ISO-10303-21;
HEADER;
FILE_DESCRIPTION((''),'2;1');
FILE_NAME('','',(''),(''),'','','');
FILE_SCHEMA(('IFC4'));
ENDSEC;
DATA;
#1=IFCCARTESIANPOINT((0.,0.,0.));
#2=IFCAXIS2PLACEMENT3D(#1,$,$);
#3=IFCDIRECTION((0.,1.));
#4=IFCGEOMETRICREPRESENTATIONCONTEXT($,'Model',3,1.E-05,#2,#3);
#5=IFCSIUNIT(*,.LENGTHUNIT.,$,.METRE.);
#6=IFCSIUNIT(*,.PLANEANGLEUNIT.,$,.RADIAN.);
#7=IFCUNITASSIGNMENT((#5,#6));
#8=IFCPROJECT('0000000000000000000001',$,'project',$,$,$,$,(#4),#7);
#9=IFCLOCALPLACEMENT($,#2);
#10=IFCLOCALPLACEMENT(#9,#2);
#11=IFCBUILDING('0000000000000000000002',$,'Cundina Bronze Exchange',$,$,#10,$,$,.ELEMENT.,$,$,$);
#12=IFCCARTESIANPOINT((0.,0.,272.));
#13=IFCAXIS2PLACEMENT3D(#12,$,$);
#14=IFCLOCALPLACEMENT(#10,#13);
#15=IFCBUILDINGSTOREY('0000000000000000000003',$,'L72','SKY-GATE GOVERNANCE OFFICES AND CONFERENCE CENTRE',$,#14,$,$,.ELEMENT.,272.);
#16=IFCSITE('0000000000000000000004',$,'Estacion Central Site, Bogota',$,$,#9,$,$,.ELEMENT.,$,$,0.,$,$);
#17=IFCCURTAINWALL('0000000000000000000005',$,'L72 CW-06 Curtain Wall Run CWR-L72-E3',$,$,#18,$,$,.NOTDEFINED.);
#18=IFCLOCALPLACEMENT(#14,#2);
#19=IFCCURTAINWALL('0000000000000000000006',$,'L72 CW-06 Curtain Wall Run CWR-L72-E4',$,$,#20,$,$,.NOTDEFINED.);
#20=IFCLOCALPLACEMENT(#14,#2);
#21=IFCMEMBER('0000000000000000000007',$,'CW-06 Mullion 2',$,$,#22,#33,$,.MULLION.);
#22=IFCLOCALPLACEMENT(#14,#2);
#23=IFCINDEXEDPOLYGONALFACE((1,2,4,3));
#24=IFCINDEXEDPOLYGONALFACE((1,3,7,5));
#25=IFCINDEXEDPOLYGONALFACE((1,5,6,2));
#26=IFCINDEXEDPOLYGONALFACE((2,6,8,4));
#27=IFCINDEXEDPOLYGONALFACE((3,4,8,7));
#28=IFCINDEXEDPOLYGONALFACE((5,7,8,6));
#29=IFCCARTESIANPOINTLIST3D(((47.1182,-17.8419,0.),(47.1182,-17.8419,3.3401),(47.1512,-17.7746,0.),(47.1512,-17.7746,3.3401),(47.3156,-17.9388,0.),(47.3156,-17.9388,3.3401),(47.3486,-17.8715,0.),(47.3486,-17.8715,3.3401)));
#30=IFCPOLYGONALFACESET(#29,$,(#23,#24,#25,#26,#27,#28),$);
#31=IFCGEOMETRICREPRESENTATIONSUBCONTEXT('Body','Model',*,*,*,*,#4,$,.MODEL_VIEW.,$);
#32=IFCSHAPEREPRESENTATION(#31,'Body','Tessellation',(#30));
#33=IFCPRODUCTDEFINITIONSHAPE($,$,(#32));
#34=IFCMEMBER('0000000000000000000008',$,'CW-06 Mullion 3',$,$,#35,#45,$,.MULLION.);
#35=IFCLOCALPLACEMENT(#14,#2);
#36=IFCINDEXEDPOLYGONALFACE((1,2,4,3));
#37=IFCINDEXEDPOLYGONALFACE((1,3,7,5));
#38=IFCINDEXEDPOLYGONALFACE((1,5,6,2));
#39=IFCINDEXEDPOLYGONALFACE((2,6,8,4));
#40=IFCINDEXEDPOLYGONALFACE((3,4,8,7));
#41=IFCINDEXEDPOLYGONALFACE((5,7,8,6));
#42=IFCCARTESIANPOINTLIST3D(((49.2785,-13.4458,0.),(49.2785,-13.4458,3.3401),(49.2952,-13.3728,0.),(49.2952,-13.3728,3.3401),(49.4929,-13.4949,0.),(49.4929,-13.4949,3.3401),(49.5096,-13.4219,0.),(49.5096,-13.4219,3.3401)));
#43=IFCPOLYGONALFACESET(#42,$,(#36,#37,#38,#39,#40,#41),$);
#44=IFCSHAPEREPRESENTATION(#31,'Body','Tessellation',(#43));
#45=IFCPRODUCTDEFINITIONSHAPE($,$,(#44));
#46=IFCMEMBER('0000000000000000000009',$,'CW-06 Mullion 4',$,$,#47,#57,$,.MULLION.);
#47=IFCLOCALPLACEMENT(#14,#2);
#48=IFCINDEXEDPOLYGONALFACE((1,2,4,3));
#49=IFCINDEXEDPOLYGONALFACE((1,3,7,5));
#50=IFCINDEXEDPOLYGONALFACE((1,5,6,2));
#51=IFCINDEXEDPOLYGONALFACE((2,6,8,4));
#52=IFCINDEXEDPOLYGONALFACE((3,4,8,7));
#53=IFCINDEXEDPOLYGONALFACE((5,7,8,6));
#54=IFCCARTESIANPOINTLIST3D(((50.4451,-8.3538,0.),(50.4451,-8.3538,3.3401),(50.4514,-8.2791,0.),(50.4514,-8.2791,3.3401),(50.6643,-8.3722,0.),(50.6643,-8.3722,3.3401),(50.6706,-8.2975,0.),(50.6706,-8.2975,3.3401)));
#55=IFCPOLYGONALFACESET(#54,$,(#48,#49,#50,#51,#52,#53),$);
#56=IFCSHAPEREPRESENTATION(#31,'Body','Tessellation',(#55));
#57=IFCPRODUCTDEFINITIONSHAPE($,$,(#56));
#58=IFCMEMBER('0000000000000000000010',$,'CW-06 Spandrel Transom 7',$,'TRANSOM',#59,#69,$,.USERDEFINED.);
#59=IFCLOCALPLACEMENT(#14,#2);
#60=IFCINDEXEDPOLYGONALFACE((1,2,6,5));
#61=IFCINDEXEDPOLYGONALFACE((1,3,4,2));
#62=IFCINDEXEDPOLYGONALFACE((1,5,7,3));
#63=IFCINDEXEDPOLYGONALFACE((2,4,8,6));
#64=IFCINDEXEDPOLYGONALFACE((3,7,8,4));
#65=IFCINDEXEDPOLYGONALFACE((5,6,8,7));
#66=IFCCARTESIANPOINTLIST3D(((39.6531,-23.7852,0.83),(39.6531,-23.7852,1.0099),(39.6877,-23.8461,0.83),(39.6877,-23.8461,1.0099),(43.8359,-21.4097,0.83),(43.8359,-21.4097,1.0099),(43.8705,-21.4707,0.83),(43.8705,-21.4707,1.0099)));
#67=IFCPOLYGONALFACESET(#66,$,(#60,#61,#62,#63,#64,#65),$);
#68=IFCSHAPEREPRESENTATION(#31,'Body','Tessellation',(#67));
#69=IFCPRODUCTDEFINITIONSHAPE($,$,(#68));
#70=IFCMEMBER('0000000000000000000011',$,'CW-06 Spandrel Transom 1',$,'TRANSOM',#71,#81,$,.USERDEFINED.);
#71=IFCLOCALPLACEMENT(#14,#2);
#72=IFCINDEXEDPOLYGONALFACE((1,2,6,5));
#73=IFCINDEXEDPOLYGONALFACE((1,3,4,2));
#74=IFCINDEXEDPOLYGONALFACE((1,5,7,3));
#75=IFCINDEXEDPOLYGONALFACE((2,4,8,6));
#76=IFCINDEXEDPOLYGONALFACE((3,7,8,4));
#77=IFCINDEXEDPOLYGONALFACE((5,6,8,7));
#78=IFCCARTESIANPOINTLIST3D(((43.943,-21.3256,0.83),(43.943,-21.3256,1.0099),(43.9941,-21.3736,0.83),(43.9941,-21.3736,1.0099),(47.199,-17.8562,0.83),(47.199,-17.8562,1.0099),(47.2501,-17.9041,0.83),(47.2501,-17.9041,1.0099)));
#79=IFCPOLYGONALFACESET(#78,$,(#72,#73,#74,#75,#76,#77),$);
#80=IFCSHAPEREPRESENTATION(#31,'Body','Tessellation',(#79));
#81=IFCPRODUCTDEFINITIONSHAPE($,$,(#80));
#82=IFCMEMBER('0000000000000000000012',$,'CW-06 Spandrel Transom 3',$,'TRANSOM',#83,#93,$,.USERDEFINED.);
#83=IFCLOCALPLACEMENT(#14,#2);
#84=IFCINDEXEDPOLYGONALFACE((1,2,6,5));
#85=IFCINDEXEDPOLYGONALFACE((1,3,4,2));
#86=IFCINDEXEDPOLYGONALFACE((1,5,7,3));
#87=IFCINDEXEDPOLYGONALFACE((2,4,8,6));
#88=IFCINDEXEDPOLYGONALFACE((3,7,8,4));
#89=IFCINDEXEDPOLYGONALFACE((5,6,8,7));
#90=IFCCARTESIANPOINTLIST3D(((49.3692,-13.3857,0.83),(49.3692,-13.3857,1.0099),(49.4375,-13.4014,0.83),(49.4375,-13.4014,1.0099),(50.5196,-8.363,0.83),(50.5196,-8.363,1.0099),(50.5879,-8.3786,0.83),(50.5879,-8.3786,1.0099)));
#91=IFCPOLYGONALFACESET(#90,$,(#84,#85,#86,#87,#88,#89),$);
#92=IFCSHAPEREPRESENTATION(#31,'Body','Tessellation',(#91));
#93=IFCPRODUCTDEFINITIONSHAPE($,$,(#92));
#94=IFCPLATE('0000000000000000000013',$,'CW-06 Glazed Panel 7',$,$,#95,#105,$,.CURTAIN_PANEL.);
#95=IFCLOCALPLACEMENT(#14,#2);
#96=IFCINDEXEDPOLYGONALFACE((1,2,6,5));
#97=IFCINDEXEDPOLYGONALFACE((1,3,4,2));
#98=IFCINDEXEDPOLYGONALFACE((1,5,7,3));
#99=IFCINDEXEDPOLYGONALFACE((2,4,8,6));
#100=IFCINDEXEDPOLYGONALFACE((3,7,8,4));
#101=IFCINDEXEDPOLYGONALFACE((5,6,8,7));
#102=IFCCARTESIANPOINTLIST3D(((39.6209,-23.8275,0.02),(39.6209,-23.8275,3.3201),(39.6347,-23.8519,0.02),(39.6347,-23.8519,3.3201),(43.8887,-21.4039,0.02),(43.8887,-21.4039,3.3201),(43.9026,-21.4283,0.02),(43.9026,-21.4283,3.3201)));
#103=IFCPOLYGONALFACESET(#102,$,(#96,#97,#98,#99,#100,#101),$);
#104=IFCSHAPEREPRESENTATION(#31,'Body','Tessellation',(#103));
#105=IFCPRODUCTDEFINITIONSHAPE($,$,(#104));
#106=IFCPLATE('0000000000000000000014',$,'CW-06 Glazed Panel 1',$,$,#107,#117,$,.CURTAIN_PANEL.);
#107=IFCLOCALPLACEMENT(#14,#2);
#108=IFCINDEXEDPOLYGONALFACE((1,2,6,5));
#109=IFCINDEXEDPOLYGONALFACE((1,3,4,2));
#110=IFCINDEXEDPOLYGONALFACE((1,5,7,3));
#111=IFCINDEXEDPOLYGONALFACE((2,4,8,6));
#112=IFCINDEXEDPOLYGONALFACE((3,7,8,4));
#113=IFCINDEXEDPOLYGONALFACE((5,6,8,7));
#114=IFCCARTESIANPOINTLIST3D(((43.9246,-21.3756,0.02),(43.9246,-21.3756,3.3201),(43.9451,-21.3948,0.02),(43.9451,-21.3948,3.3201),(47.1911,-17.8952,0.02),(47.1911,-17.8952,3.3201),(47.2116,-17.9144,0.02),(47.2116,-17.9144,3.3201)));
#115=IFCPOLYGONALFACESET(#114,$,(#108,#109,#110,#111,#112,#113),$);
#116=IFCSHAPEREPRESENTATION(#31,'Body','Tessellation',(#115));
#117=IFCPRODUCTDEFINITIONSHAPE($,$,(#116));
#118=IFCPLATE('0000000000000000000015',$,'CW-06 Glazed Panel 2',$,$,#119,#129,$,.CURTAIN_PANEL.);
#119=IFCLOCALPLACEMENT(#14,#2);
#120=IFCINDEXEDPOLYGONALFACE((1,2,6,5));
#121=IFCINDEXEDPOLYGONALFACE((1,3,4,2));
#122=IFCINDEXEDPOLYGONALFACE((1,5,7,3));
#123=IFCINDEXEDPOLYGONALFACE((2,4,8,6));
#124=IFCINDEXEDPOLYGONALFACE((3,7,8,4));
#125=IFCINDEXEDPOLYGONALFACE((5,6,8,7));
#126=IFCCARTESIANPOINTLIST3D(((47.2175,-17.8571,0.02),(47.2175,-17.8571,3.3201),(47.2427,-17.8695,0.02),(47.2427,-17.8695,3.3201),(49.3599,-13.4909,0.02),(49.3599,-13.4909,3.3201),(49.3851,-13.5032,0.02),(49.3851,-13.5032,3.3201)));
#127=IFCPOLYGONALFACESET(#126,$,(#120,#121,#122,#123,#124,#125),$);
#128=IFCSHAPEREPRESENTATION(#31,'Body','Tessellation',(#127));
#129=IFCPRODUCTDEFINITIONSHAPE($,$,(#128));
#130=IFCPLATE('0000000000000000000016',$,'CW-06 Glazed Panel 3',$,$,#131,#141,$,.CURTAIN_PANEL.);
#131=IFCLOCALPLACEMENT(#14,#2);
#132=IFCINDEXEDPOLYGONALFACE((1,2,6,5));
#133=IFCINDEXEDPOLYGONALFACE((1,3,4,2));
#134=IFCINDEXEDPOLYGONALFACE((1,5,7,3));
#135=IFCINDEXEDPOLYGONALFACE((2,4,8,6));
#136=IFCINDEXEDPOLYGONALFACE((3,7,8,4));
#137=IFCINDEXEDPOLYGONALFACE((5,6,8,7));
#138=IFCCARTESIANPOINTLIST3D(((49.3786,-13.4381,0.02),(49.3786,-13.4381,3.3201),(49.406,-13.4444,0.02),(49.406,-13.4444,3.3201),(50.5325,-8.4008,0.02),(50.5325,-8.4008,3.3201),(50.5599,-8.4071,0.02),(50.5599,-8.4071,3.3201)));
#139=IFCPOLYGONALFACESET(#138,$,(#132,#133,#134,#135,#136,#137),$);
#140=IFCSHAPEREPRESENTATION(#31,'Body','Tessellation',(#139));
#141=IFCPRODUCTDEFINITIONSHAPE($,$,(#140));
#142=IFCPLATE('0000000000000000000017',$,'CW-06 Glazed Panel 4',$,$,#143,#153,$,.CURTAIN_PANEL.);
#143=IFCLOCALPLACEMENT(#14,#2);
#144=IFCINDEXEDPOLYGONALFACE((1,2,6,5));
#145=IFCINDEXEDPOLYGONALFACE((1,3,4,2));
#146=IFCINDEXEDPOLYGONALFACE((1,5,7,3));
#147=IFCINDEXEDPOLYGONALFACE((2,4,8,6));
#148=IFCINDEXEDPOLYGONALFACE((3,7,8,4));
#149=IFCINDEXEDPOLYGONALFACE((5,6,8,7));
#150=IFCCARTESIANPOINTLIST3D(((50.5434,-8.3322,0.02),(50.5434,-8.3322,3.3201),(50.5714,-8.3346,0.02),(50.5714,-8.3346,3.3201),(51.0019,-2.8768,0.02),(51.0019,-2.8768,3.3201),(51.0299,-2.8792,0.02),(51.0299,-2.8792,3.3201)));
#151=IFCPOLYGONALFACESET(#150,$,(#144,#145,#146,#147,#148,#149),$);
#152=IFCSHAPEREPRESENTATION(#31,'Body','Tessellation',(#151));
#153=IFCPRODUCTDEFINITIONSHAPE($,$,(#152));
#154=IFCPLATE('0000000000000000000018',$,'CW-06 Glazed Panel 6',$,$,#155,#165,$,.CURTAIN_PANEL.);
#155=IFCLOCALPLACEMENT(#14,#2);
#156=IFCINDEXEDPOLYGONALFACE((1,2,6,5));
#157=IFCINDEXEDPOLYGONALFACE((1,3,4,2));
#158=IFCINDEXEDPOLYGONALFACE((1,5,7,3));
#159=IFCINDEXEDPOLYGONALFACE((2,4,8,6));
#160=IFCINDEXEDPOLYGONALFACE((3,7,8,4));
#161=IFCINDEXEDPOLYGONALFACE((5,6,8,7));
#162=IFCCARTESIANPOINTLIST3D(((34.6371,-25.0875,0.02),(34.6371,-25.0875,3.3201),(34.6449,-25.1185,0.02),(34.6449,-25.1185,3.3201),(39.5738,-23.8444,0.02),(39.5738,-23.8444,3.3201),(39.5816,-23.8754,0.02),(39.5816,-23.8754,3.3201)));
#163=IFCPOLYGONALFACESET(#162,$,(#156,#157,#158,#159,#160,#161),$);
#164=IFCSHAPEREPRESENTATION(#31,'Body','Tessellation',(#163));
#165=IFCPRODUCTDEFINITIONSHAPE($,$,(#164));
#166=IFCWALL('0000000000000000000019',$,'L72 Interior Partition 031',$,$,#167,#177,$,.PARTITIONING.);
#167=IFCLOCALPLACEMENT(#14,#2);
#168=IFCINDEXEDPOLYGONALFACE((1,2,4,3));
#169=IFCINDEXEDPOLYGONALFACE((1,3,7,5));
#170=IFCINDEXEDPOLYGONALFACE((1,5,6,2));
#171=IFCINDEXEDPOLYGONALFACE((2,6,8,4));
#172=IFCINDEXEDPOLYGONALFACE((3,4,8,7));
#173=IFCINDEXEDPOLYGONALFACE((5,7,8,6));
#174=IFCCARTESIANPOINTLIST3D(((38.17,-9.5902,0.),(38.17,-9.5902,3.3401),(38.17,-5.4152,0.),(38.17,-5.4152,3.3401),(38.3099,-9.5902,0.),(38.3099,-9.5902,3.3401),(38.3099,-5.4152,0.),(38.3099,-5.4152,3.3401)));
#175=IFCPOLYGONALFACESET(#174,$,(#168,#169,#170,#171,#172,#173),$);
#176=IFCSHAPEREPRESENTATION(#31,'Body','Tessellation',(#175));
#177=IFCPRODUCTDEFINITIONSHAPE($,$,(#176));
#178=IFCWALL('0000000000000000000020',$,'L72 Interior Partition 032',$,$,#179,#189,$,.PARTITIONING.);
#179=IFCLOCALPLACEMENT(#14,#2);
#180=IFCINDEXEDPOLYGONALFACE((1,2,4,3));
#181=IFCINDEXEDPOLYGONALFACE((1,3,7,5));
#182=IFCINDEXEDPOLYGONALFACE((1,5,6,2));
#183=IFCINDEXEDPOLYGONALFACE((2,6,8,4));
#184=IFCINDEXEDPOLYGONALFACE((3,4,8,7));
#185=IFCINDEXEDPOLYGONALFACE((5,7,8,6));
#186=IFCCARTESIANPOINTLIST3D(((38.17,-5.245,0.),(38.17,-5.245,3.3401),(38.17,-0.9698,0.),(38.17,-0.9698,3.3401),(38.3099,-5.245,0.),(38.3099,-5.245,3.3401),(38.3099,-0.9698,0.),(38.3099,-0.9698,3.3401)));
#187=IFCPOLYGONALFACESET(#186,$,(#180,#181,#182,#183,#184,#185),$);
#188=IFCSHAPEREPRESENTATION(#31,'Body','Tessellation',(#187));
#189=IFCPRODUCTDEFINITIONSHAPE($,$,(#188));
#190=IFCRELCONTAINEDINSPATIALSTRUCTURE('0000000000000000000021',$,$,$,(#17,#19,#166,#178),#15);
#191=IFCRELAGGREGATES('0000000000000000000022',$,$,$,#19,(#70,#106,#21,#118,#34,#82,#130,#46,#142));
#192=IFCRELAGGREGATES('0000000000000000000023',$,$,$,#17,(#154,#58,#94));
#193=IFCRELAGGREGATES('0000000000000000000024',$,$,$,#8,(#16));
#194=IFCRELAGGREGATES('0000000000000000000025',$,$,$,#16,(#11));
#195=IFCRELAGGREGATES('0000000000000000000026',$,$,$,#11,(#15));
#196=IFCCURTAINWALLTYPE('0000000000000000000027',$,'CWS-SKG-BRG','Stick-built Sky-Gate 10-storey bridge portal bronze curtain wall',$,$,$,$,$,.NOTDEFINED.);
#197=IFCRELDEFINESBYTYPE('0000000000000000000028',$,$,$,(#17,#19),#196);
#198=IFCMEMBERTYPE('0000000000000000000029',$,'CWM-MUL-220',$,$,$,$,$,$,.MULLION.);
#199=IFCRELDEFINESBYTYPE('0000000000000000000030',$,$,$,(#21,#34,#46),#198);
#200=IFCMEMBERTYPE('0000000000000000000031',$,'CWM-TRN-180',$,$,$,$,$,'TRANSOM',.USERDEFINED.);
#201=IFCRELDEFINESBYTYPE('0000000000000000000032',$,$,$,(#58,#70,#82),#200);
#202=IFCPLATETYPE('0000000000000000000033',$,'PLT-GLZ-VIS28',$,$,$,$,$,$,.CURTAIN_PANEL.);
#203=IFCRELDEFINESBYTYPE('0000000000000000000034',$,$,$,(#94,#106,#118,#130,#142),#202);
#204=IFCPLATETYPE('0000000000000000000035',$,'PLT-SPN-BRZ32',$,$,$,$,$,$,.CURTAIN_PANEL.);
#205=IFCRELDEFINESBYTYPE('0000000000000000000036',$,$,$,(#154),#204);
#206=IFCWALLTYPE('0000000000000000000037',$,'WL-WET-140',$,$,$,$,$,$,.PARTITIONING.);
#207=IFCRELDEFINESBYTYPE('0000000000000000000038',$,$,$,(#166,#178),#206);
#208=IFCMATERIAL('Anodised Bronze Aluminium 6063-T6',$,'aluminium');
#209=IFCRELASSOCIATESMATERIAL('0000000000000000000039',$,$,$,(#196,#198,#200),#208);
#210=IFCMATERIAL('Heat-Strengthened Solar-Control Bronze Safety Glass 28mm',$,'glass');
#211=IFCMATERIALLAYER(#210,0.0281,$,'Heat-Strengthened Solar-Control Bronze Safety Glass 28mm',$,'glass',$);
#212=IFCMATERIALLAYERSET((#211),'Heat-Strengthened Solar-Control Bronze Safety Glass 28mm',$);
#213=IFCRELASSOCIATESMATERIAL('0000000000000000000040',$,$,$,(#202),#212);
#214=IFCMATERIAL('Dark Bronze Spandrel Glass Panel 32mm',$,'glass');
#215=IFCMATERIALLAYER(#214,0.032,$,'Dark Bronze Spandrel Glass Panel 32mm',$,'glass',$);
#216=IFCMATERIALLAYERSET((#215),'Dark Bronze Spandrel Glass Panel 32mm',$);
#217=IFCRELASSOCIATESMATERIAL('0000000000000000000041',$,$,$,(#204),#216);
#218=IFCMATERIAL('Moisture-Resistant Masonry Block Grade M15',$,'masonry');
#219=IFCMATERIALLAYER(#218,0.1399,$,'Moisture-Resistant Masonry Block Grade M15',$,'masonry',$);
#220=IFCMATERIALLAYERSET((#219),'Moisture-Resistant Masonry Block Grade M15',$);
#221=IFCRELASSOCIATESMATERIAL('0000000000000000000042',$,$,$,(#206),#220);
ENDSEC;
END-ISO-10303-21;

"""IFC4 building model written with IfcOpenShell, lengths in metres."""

from ifc_helpers import new_model, si_unit, direction, frame, frame_2d, origin, origin_2d, place, context, subcontext, project, spatial, rectangle, extrude, material, layer, layer_set, material_profile, profile_set, type_object, element, aggregate, save


model = new_model("IFC4")

# Units and contexts
model_context = context("Model", 3, precision=1e-05, world=origin(), true_north=direction((0.0, 1.0)))
body_context = subcontext(model_context, "Body", "Model", "MODEL_VIEW")
ifc_project = project(units=[si_unit("LENGTHUNIT", "METRE"), si_unit("PLANEANGLEUNIT", "RADIAN")], contexts=[model_context])

# Site, building, storey
site_placement = place(None, origin())
site = spatial("IfcSite", under=ifc_project, at=site_placement, Name="Estacion Central Site, Bogota", CompositionType="ELEMENT", RefElevation=0.0)
building_placement = place(site_placement, origin())
building = spatial("IfcBuilding", under=site, at=building_placement, Name="Cundina Bronze Exchange", CompositionType="ELEMENT")
storey_placement = place(building_placement, frame((0.0, 0.0, 272.0)))
storey = spatial("IfcBuildingStorey", under=building, at=storey_placement, Name="L72", Description="SKY-GATE GOVERNANCE OFFICES AND CONFERENCE CENTRE", CompositionType="ELEMENT", Elevation=272.0)

# Curtain walls, members
ifc_material_1 = material(Name="Anodised Bronze Aluminium 6063-T6", Category="aluminium")
curtain_wall_type = type_object("IfcCurtainWallType", Name="CWS-SKG-BRG", Description="Stick-built Sky-Gate 10-storey bridge portal bronze curtain wall", PredefinedType="NOTDEFINED", material=ifc_material_1)
curtain_wall_1_placement = place(storey_placement, origin())
curtain_wall_1 = element("IfcCurtainWall", 1, at=curtain_wall_1_placement, inside=storey, type_object=curtain_wall_type, Name="L72 CW-06 Curtain Wall Run CWR-L72-E3", PredefinedType="NOTDEFINED")
ifc_material_profile_1 = material_profile(ifc_material_1, rectangle(XDim=0.075, YDim=0.22, at=origin_2d()), Name="AL75X220", Category="aluminium")
ifc_profile_set_1 = profile_set([ifc_material_profile_1], Name="Anodised Bronze Aluminium 6063-T6")
member_type_1 = type_object("IfcMemberType", Name="CWM-MUL-220", PredefinedType="MULLION", material=ifc_profile_set_1)
curtain_wall_2_placement = place(storey_placement, origin())
curtain_wall_2 = element("IfcCurtainWall", 2, at=curtain_wall_2_placement, inside=storey, type_object=curtain_wall_type, Name="L72 CW-06 Curtain Wall Run CWR-L72-E4", PredefinedType="NOTDEFINED")
member_1_placement = place(storey_placement, frame((47.2334, -17.8567, 0.0), z_axis=(0.0, 0.0, 1.0), x_axis=(0.440566, 0.89772, 0.0)))
member_1 = element("IfcMember", 3, at=member_1_placement, type_object=member_type_1, Name="CW-06 Mullion 2", PredefinedType="MULLION", context=body_context, shape_type="SweptSolid", body=[
    extrude(rectangle(XDim=0.075, YDim=0.22, at=origin_2d()), origin(), (0.0, 0.0, 1.0), 3.3401),
])
member_2_placement = place(storey_placement, frame((49.394, -13.4338, 0.0), z_axis=(0.0, 0.0, 1.0), x_axis=(0.22325, 0.974761, 0.0)))
member_2 = element("IfcMember", 4, at=member_2_placement, type_object=member_type_1, Name="CW-06 Mullion 3", PredefinedType="MULLION", context=body_context, shape_type="SweptSolid", body=[
    extrude(rectangle(XDim=0.075, YDim=0.22, at=origin_2d()), origin(), (0.0, 0.0, 1.0), 3.3401),
])
member_3_placement = place(storey_placement, frame((50.5579, -8.3257, 0.0), z_axis=(0.0, 0.0, 1.0), x_axis=(0.083678, 0.996493, 0.0)))
member_3 = element("IfcMember", 5, at=member_3_placement, type_object=member_type_1, Name="CW-06 Mullion 4", PredefinedType="MULLION", context=body_context, shape_type="SweptSolid", body=[
    extrude(rectangle(XDim=0.075, YDim=0.22, at=origin_2d()), origin(), (0.0, 0.0, 1.0), 3.3401),
])

# Members
ifc_material_profile_2 = material_profile(ifc_material_1, rectangle(XDim=0.0701, YDim=0.1799, at=origin_2d()), Name="AL70X180", Category="aluminium")
ifc_profile_set_2 = profile_set([ifc_material_profile_2], Name="Anodised Bronze Aluminium 6063-T6")
member_type_2 = type_object("IfcMemberType", Name="CWM-TRN-180", ElementType="TRANSOM", PredefinedType="USERDEFINED", material=ifc_profile_set_2)
member_4_placement = place(storey_placement, frame((39.6704, -23.8157, 0.9199), z_axis=(0.869558, 0.493831, 0.0), x_axis=(-0.493831, 0.869558, 0.0)))
member_4 = element("IfcMember", 6, at=member_4_placement, type_object=member_type_2, Name="CW-06 Spandrel Transom 7", ObjectType="TRANSOM", PredefinedType="USERDEFINED", context=body_context, shape_type="SweptSolid", body=[
    extrude(rectangle(XDim=0.0701, YDim=0.1799, at=origin_2d()), origin(), (0.0, 0.0, 1.0), 4.8103),
])
member_5_placement = place(storey_placement, frame((43.9685, -21.3496, 0.9199), z_axis=(0.684328, 0.729174, 0.0), x_axis=(-0.729174, 0.684328, 0.0)))
member_5 = element("IfcMember", 7, at=member_5_placement, type_object=member_type_2, Name="CW-06 Spandrel Transom 1", ObjectType="TRANSOM", PredefinedType="USERDEFINED", context=body_context, shape_type="SweptSolid", body=[
    extrude(rectangle(XDim=0.0701, YDim=0.1799, at=origin_2d()), origin(), (0.0, 0.0, 1.0), 4.7581),
])
member_6_placement = place(storey_placement, frame((49.4033, -13.3936, 0.9199), z_axis=(0.223257, 0.97476, 0.0), x_axis=(-0.97476, 0.223257, 0.0)))
member_6 = element("IfcMember", 8, at=member_6_placement, type_object=member_type_2, Name="CW-06 Spandrel Transom 3", ObjectType="TRANSOM", PredefinedType="USERDEFINED", context=body_context, shape_type="SweptSolid", body=[
    extrude(rectangle(XDim=0.0701, YDim=0.1799, at=origin_2d()), origin(), (0.0, 0.0, 1.0), 5.1528),
])

# Plates
ifc_material_2 = material(Name="Heat-Strengthened Solar-Control Bronze Safety Glass 28mm", Category="glass")
ifc_layer_1 = layer(ifc_material_2, 0.0281, Name="Heat-Strengthened Solar-Control Bronze Safety Glass 28mm", Category="glass")
ifc_layer_set_1 = layer_set([ifc_layer_1], Name="Heat-Strengthened Solar-Control Bronze Safety Glass 28mm")
plate_type_1 = type_object("IfcPlateType", Name="PLT-GLZ-VIS28", PredefinedType="CURTAIN_PANEL", material=ifc_layer_set_1)
plate_1_placement = place(storey_placement, frame((41.7617, -22.6279, 0.02), z_axis=(0.0, 0.0, 1.0), x_axis=(0.869573, 0.493805, 0.0)))
plate_1 = element("IfcPlate", 9, at=plate_1_placement, type_object=plate_type_1, Name="CW-06 Glazed Panel 7", PredefinedType="CURTAIN_PANEL", context=body_context, shape_type="SweptSolid", body=[
    extrude(rectangle(XDim=4.908, YDim=0.0281, at=origin_2d()), origin(), (0.0, 0.0, 1.0), 3.3),
])
plate_2_placement = place(storey_placement, frame((45.5681, -19.645, 0.02), z_axis=(0.0, 0.0, 1.0), x_axis=(0.684344, 0.72916, 0.0)))
plate_2 = element("IfcPlate", 10, at=plate_2_placement, type_object=plate_type_1, Name="CW-06 Glazed Panel 1", PredefinedType="CURTAIN_PANEL", context=body_context, shape_type="SweptSolid", body=[
    extrude(rectangle(XDim=4.7732, YDim=0.0281, at=origin_2d()), origin(), (0.0, 0.0, 1.0), 3.3),
])
plate_3_placement = place(storey_placement, frame((48.3013, -15.6802, 0.02), z_axis=(0.0, 0.0, 1.0), x_axis=(0.440503, 0.897751, 0.0)))
plate_3 = element("IfcPlate", 11, at=plate_3_placement, type_object=plate_type_1, Name="CW-06 Glazed Panel 2", PredefinedType="CURTAIN_PANEL", context=body_context, shape_type="SweptSolid", body=[
    extrude(rectangle(XDim=4.8635, YDim=0.0281, at=origin_2d()), origin(), (0.0, 0.0, 1.0), 3.3),
])
plate_4_placement = place(storey_placement, frame((49.9692, -10.9226, 0.02), z_axis=(0.0, 0.0, 1.0), x_axis=(0.223284, 0.974753, 0.0)))
plate_4 = element("IfcPlate", 12, at=plate_4_placement, type_object=plate_type_1, Name="CW-06 Glazed Panel 3", PredefinedType="CURTAIN_PANEL", context=body_context, shape_type="SweptSolid", body=[
    extrude(rectangle(XDim=5.1677, YDim=0.0281, at=origin_2d()), origin(), (0.0, 0.0, 1.0), 3.3),
])
plate_5_placement = place(storey_placement, frame((50.7866, -5.6057, 0.02), z_axis=(0.0, 0.0, 1.0), x_axis=(0.083747, 0.996487, 0.0)))
plate_5 = element("IfcPlate", 13, at=plate_5_placement, type_object=plate_type_1, Name="CW-06 Glazed Panel 4", PredefinedType="CURTAIN_PANEL", context=body_context, shape_type="SweptSolid", body=[
    extrude(rectangle(XDim=5.4746, YDim=0.0281, at=origin_2d()), origin(), (0.0, 0.0, 1.0), 3.3),
])
aggregate(curtain_wall_2, [member_5, plate_2, member_1, plate_3, member_2, member_6, plate_4, member_3, plate_5])
ifc_material_3 = material(Name="Dark Bronze Spandrel Glass Panel 32mm", Category="glass")
ifc_layer_2 = layer(ifc_material_3, 0.032, Name="Dark Bronze Spandrel Glass Panel 32mm", Category="glass")
ifc_layer_set_2 = layer_set([ifc_layer_2], Name="Dark Bronze Spandrel Glass Panel 32mm")
plate_type_2 = type_object("IfcPlateType", Name="PLT-SPN-BRZ32", PredefinedType="CURTAIN_PANEL", material=ifc_layer_set_2)
plate_6_placement = place(storey_placement, frame((37.1094, -24.4814, 0.02), z_axis=(0.0, 0.0, 1.0), x_axis=(0.969732, 0.244174, 0.0)))
plate_6 = element("IfcPlate", 14, at=plate_6_placement, type_object=plate_type_2, Name="CW-06 Glazed Panel 6", PredefinedType="CURTAIN_PANEL", context=body_context, shape_type="SweptSolid", body=[
    extrude(rectangle(XDim=5.0908, YDim=0.032, at=origin_2d()), origin(), (0.0, 0.0, 1.0), 3.3),
])
aggregate(curtain_wall_1, [plate_6, member_4, plate_1])

# Walls
ifc_material_4 = material(Name="Moisture-Resistant Masonry Block Grade M15", Category="masonry")
ifc_layer_3 = layer(ifc_material_4, 0.1399, Name="Moisture-Resistant Masonry Block Grade M15", Category="masonry")
ifc_layer_set_3 = layer_set([ifc_layer_3], Name="Moisture-Resistant Masonry Block Grade M15")
wall_type = type_object("IfcWallType", Name="WL-WET-140", PredefinedType="PARTITIONING", material=ifc_layer_set_3)
wall_1_placement = place(storey_placement, frame((38.24, -9.5901, 0.0), z_axis=(0.0, 0.0, 1.0), x_axis=(0.0, 1.0, 0.0)))
element("IfcWall", 15, at=wall_1_placement, inside=storey, type_object=wall_type, Name="L72 Interior Partition 031", PredefinedType="PARTITIONING", context=body_context, shape_type="SweptSolid", body=[
    extrude(rectangle(XDim=4.175, YDim=0.1399, at=frame_2d((2.0874, 0.0))), origin(), (0.0, 0.0, 1.0), 3.3401),
])
wall_2_placement = place(storey_placement, frame((38.24, -5.2451, 0.0), z_axis=(0.0, 0.0, 1.0), x_axis=(0.0, 1.0, 0.0)))
element("IfcWall", 16, at=wall_2_placement, inside=storey, type_object=wall_type, Name="L72 Interior Partition 032", PredefinedType="PARTITIONING", context=body_context, shape_type="SweptSolid", body=[
    extrude(rectangle(XDim=4.2751, YDim=0.1399, at=frame_2d((2.1377, 0.0))), origin(), (0.0, 0.0, 1.0), 3.3401),
])

save(model, "model.ifc")
